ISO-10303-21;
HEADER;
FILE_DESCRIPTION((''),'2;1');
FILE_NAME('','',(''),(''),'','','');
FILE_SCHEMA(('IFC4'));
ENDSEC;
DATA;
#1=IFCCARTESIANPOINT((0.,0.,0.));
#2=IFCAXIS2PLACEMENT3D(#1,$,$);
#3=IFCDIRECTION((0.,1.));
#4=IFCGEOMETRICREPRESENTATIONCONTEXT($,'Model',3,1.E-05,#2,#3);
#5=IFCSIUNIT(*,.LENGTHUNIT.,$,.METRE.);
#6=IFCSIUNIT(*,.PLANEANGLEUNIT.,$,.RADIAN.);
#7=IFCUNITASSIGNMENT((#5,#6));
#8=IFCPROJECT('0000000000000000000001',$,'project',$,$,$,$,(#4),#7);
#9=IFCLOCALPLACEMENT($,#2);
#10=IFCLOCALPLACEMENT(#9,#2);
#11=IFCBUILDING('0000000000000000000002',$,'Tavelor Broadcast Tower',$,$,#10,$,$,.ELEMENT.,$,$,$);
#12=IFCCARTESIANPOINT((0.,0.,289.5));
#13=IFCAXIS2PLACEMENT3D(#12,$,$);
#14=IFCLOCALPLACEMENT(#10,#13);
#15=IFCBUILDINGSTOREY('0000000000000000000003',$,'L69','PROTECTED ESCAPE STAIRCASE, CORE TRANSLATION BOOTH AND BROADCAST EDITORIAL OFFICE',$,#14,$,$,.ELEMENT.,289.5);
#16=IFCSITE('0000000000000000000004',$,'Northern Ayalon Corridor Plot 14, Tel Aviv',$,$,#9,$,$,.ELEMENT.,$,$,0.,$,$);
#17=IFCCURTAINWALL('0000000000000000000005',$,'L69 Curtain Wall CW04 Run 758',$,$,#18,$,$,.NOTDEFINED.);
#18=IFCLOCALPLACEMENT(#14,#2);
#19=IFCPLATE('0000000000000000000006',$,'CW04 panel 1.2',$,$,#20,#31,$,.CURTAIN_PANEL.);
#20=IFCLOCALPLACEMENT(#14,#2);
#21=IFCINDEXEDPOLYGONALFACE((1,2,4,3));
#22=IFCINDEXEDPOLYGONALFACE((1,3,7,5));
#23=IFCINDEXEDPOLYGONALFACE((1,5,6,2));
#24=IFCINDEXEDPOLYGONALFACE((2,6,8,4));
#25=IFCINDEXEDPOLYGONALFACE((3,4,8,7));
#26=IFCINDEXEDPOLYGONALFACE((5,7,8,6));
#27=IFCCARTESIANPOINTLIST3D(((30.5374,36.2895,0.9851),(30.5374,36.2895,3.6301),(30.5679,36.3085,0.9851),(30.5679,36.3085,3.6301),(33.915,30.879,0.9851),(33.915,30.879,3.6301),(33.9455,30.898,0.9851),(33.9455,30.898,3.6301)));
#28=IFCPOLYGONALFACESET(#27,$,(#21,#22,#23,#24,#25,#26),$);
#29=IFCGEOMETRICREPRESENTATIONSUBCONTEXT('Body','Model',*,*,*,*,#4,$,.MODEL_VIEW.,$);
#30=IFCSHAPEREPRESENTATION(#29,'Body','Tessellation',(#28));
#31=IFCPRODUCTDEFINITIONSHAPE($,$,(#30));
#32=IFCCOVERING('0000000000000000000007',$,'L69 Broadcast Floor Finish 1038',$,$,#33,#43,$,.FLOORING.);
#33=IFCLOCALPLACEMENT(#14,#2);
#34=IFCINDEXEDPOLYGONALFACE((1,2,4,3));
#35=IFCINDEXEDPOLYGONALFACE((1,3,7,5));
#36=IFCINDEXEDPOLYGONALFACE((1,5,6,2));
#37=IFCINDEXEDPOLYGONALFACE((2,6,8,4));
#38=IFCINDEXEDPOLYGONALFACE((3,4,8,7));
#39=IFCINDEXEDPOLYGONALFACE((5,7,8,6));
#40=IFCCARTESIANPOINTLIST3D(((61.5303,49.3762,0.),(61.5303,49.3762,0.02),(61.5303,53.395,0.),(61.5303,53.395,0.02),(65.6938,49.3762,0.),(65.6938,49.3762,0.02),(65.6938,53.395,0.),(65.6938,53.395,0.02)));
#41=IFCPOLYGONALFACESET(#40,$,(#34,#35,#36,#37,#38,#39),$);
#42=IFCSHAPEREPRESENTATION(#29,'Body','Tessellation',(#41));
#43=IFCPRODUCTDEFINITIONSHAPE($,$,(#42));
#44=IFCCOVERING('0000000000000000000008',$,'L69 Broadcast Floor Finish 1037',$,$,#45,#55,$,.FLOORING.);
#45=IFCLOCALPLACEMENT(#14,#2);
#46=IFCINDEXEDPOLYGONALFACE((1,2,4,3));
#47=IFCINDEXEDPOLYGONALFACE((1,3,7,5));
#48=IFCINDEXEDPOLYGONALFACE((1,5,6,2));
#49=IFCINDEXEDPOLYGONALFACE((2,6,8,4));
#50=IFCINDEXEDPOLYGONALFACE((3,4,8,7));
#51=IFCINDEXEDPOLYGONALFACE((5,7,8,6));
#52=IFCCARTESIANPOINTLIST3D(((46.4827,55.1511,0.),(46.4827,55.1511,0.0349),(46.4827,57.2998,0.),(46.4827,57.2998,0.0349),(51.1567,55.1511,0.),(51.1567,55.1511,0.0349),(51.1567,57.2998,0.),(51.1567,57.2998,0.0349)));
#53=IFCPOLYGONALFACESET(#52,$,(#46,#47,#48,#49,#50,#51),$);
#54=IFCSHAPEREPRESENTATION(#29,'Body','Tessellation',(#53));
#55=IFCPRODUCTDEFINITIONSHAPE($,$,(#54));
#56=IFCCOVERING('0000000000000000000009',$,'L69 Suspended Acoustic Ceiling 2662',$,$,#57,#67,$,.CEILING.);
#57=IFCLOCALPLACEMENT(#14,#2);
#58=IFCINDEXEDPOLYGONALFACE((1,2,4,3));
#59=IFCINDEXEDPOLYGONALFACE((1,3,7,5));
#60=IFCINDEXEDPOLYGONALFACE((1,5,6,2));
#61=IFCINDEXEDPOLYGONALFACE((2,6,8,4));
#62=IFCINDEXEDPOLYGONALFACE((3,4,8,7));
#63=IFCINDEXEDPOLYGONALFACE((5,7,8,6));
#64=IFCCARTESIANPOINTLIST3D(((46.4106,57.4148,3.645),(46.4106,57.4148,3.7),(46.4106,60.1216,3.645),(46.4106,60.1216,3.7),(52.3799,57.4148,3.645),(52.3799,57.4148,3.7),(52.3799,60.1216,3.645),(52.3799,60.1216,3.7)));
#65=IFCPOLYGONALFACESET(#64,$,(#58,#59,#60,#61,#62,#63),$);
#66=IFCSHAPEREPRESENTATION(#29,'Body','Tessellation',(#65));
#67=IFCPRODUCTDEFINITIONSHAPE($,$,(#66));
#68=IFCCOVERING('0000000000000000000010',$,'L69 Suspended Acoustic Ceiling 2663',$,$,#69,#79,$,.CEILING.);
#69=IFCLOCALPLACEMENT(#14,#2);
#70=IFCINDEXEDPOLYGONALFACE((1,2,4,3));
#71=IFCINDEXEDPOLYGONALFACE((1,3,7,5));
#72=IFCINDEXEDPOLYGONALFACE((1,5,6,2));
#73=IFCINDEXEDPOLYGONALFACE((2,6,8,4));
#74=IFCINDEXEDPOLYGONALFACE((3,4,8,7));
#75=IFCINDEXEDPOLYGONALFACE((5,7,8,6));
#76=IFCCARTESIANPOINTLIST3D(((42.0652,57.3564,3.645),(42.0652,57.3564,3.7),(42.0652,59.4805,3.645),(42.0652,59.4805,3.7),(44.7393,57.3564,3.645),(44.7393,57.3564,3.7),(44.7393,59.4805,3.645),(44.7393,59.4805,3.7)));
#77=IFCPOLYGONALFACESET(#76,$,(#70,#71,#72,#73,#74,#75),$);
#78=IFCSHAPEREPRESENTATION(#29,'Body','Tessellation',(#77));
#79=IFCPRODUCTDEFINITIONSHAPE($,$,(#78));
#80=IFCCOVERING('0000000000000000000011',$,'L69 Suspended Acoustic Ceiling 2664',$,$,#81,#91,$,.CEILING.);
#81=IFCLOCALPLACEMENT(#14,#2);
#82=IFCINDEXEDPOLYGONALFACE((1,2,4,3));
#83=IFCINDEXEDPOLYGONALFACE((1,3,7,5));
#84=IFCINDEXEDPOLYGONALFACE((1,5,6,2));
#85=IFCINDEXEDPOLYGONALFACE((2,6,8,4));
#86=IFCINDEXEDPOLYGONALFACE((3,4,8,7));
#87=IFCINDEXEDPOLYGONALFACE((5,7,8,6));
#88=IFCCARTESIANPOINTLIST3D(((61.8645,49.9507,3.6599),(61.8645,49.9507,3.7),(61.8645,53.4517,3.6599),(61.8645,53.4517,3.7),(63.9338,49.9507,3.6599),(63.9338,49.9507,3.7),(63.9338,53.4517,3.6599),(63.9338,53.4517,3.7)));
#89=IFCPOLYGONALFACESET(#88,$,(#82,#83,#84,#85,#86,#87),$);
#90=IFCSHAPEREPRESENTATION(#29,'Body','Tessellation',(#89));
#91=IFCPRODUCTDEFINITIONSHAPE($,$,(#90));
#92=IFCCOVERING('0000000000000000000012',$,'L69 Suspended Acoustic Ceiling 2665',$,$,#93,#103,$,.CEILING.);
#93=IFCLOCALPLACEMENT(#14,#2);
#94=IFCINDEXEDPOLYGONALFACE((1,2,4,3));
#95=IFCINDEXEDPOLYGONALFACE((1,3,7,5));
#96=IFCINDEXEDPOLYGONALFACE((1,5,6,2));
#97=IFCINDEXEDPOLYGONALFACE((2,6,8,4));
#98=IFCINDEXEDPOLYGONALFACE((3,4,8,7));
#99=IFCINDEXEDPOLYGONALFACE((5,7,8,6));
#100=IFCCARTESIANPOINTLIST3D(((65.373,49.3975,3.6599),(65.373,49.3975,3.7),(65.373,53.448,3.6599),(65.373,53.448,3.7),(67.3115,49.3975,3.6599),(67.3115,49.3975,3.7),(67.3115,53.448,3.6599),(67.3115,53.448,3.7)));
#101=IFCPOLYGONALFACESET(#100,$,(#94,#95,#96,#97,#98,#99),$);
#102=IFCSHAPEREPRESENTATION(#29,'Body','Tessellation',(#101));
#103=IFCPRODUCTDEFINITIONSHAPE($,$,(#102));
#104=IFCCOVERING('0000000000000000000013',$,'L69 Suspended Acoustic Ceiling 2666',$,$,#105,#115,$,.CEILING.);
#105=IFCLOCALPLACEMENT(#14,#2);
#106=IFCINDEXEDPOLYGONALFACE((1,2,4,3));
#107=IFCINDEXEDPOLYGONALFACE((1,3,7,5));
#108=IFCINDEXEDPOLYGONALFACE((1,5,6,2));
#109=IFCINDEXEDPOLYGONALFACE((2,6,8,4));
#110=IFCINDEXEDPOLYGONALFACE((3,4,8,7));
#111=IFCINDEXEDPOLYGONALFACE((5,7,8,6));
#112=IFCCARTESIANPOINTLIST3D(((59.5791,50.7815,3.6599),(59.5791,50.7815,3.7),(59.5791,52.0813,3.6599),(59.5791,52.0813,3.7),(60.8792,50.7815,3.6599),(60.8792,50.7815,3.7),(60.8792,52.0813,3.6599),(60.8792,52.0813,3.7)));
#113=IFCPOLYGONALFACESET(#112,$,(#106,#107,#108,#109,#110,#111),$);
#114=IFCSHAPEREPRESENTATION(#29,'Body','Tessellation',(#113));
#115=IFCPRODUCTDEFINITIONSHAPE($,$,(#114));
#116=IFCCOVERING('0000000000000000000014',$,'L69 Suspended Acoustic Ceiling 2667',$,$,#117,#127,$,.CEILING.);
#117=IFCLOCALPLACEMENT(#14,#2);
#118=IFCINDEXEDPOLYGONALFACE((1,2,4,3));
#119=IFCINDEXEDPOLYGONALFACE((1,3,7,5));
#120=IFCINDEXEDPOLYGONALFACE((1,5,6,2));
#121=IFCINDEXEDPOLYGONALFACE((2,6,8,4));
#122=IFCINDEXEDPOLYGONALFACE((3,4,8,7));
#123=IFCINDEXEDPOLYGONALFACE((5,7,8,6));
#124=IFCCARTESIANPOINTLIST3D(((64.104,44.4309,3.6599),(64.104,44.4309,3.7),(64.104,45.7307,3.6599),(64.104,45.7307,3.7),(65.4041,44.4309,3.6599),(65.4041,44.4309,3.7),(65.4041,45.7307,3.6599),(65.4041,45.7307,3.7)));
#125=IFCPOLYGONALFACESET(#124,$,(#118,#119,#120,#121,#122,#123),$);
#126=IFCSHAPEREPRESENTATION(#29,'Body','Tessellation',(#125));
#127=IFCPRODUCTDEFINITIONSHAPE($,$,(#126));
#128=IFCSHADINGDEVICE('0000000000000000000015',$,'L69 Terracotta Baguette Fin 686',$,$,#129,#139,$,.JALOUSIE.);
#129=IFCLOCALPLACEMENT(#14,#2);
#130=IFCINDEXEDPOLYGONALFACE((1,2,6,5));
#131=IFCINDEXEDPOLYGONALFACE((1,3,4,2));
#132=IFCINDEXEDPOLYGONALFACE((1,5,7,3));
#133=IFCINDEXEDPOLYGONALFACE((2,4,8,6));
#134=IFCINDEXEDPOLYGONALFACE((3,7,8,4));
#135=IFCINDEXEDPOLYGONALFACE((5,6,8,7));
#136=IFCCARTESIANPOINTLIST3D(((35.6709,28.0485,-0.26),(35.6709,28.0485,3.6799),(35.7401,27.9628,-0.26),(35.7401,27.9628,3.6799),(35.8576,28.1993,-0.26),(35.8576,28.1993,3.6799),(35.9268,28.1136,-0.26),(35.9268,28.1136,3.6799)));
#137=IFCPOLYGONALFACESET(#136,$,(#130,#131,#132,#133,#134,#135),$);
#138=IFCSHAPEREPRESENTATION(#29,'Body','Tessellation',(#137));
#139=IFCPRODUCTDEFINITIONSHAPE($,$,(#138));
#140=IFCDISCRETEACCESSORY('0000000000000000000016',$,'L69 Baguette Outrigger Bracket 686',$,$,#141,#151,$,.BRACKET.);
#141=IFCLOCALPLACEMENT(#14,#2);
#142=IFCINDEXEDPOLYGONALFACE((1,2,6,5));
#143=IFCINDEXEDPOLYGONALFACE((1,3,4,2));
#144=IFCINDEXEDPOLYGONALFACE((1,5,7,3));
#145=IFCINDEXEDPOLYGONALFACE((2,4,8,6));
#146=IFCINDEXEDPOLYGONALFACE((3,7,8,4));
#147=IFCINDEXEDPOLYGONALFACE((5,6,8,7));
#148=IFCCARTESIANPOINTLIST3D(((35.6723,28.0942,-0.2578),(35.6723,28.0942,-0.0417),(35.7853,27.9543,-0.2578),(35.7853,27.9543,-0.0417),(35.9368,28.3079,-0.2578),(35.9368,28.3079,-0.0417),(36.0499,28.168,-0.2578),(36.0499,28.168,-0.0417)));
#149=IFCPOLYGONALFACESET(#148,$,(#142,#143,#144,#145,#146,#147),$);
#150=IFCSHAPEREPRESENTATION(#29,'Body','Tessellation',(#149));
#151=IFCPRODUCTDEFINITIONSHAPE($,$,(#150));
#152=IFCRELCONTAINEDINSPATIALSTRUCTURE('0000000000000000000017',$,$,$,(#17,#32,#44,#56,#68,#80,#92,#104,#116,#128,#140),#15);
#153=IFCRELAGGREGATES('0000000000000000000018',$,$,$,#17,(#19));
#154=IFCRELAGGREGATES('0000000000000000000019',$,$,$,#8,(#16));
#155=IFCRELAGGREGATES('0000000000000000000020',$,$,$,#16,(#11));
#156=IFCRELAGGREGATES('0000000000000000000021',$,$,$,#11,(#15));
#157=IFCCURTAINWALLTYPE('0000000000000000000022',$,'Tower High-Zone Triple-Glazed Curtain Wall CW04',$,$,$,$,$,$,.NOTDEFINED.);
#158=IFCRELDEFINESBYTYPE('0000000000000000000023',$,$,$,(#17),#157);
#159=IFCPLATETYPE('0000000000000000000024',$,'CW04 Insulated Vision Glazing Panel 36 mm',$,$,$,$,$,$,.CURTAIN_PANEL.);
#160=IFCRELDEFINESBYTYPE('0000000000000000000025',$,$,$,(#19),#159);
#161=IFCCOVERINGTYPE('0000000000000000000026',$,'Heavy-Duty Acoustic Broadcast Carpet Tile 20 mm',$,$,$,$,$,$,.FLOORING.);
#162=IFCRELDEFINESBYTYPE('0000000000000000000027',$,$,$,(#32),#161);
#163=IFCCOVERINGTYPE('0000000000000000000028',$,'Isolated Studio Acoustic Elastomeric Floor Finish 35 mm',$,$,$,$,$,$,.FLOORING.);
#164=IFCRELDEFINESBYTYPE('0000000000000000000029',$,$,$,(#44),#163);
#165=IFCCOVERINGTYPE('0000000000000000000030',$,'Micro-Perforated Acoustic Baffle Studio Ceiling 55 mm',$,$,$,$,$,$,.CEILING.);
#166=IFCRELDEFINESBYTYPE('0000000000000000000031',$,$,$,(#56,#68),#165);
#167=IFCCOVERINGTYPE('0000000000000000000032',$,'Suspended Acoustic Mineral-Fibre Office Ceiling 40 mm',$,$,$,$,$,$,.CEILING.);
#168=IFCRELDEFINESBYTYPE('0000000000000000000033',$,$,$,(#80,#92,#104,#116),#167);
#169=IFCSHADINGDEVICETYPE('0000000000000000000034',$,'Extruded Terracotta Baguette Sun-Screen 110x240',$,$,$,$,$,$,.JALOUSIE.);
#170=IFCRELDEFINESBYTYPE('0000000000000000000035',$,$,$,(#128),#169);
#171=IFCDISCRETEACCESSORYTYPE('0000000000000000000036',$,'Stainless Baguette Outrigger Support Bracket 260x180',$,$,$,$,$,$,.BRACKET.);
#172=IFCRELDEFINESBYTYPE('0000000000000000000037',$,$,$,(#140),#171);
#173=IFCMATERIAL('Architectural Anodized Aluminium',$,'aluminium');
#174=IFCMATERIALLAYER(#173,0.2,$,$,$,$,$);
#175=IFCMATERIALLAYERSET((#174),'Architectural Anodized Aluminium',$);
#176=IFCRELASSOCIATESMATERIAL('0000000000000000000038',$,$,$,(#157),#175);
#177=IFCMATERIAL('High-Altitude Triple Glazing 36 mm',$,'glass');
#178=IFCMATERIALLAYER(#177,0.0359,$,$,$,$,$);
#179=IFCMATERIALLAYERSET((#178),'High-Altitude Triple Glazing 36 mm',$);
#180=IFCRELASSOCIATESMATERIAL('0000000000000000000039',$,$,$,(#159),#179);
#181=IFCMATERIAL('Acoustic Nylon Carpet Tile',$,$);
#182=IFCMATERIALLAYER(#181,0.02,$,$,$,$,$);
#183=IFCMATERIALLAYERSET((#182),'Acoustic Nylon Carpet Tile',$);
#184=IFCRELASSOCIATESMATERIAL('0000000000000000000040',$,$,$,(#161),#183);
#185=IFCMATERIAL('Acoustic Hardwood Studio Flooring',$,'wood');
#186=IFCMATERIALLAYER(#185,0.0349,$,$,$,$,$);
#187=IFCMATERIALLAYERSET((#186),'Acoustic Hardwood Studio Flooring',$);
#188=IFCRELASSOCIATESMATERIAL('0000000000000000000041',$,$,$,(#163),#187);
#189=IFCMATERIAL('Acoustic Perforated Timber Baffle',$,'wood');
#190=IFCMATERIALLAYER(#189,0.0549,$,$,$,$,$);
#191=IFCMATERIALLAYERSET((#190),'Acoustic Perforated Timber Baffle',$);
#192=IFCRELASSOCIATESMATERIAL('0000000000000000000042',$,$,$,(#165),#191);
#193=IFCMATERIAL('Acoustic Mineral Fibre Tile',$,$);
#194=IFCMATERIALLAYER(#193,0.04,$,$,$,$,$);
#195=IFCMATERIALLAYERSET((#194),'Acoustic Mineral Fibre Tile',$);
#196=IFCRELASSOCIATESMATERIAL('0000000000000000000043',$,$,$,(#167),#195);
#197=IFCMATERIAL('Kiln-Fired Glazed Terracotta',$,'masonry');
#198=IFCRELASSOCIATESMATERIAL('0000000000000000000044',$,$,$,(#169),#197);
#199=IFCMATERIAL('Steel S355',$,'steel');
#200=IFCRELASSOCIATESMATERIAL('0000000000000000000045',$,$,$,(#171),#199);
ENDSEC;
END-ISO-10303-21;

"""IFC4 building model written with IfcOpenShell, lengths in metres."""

from ifc_helpers import new_model, si_unit, direction, frame, origin, origin_2d, place, context, subcontext, project, spatial, polyline, rectangle, outline, extrude, source, transform, mapped, material, layer, layer_set, type_object, type_shapes, element, aggregate, save


model = new_model("IFC4")

# Units and contexts
model_context = context("Model", 3, precision=1e-05, world=origin(), true_north=direction((0.0, 1.0)))
body_context = subcontext(model_context, "Body", "Model", "MODEL_VIEW")
ifc_project = project(units=[si_unit("LENGTHUNIT", "METRE"), si_unit("PLANEANGLEUNIT", "RADIAN")], contexts=[model_context])

# Site, building, storey
site_placement = place(None, origin())
site = spatial("IfcSite", under=ifc_project, at=site_placement, Name="Northern Ayalon Corridor Plot 14, Tel Aviv", CompositionType="ELEMENT", RefElevation=0.0)
building_placement = place(site_placement, origin())
building = spatial("IfcBuilding", under=site, at=building_placement, Name="Tavelor Broadcast Tower", CompositionType="ELEMENT")
storey_placement = place(building_placement, frame((0.0, 0.0, 289.5)))
storey = spatial("IfcBuildingStorey", under=building, at=storey_placement, Name="L69", Description="PROTECTED ESCAPE STAIRCASE, CORE TRANSLATION BOOTH AND BROADCAST EDITORIAL OFFICE", CompositionType="ELEMENT", Elevation=289.5)

# Shared definitions
ifc_material_1 = material(Name="Architectural Anodized Aluminium", Category="aluminium")
ifc_layer_1 = layer(ifc_material_1, 0.2)
ifc_layer_set_1 = layer_set([ifc_layer_1], Name="Architectural Anodized Aluminium")
curtain_wall_type = type_object("IfcCurtainWallType", Name="Tower High-Zone Triple-Glazed Curtain Wall CW04", PredefinedType="NOTDEFINED", material=ifc_layer_set_1)

# Curtain wall
curtain_wall_1_placement = place(storey_placement, origin())
curtain_wall_1 = element("IfcCurtainWall", 1, at=curtain_wall_1_placement, inside=storey, type_object=curtain_wall_type, Name="L69 Curtain Wall CW04 Run 758", PredefinedType="NOTDEFINED")

# Plate
ifc_material_2 = material(Name="High-Altitude Triple Glazing 36 mm", Category="glass")
ifc_layer_2 = layer(ifc_material_2, 0.0359)
ifc_layer_set_2 = layer_set([ifc_layer_2], Name="High-Altitude Triple Glazing 36 mm")
plate_type = type_object("IfcPlateType", Name="CW04 Insulated Vision Glazing Panel 36 mm", PredefinedType="CURTAIN_PANEL", material=ifc_layer_set_2)
shared_shape_1 = source(origin(), body_context, "Body", "SweptSolid", [
    extrude(rectangle(XDim=6.3782, YDim=0.0359, at=origin_2d()), origin(), (0.0, 0.0, 1.0), 2.645),
])
plate_1_placement = place(storey_placement, frame((32.2415, 33.5938, 0.9851), z_axis=(0.0, 0.0, 1.0), x_axis=(0.529559, -0.848273, 0.0)))
plate_1 = element("IfcPlate", 2, at=plate_1_placement, type_object=plate_type, Name="CW04 panel 1.2", PredefinedType="CURTAIN_PANEL", context=body_context, shape_type="MappedRepresentation", body=[
    mapped(shared_shape_1, transform((0.0, 0.0, 0.0), scale=1.0)),
])
aggregate(curtain_wall_1, [plate_1])

# Coverings
ifc_material_3 = material(Name="Acoustic Nylon Carpet Tile")
ifc_layer_3 = layer(ifc_material_3, 0.02)
ifc_layer_set_3 = layer_set([ifc_layer_3], Name="Acoustic Nylon Carpet Tile")
covering_type_1 = type_object("IfcCoveringType", Name="Heavy-Duty Acoustic Broadcast Carpet Tile 20 mm", PredefinedType="FLOORING", material=ifc_layer_set_3)
covering_1_placement = place(storey_placement, origin())
element("IfcCovering", 3, at=covering_1_placement, inside=storey, type_object=covering_type_1, Name="L69 Broadcast Floor Finish 1038", PredefinedType="FLOORING", context=body_context, shape_type="SweptSolid", body=[
    extrude(outline(polyline([(61.5303, 49.3762), (65.6938, 49.3762), (65.6938, 53.395), (61.5303, 53.395), (61.5303, 49.3762)])), origin(), (0.0, 0.0, 1.0), 0.02),
])
ifc_material_4 = material(Name="Acoustic Hardwood Studio Flooring", Category="wood")
ifc_layer_4 = layer(ifc_material_4, 0.0349)
ifc_layer_set_4 = layer_set([ifc_layer_4], Name="Acoustic Hardwood Studio Flooring")
covering_type_2 = type_object("IfcCoveringType", Name="Isolated Studio Acoustic Elastomeric Floor Finish 35 mm", PredefinedType="FLOORING", material=ifc_layer_set_4)
covering_2_placement = place(storey_placement, origin())
element("IfcCovering", 4, at=covering_2_placement, inside=storey, type_object=covering_type_2, Name="L69 Broadcast Floor Finish 1037", PredefinedType="FLOORING", context=body_context, shape_type="SweptSolid", body=[
    extrude(outline(polyline([(46.4827, 55.1511), (51.1567, 55.1511), (51.1567, 57.2998), (46.4827, 57.2998), (46.4827, 55.1511)])), origin(), (0.0, 0.0, 1.0), 0.0349),
])
ifc_material_5 = material(Name="Acoustic Perforated Timber Baffle", Category="wood")
ifc_layer_5 = layer(ifc_material_5, 0.0549)
ifc_layer_set_5 = layer_set([ifc_layer_5], Name="Acoustic Perforated Timber Baffle")
covering_type_3 = type_object("IfcCoveringType", Name="Micro-Perforated Acoustic Baffle Studio Ceiling 55 mm", PredefinedType="CEILING", material=ifc_layer_set_5)
covering_3_placement = place(storey_placement, frame((0.0, 0.0, 3.645)))
element("IfcCovering", 5, at=covering_3_placement, inside=storey, type_object=covering_type_3, Name="L69 Suspended Acoustic Ceiling 2662", PredefinedType="CEILING", context=body_context, shape_type="SweptSolid", body=[
    extrude(outline(polyline([(46.4106, 57.4148), (52.3799, 57.4148), (52.3799, 60.1216), (46.4106, 60.1216), (46.4106, 57.4148)])), origin(), (0.0, 0.0, 1.0), 0.0549),
])
covering_4_placement = place(storey_placement, frame((0.0, 0.0, 3.645)))
element("IfcCovering", 6, at=covering_4_placement, inside=storey, type_object=covering_type_3, Name="L69 Suspended Acoustic Ceiling 2663", PredefinedType="CEILING", context=body_context, shape_type="SweptSolid", body=[
    extrude(outline(polyline([(42.0652, 57.3564), (44.7393, 57.3564), (44.7393, 59.4805), (42.0652, 59.4805), (42.0652, 57.3564)])), origin(), (0.0, 0.0, 1.0), 0.0549),
])
ifc_material_6 = material(Name="Acoustic Mineral Fibre Tile")
ifc_layer_6 = layer(ifc_material_6, 0.04)
ifc_layer_set_6 = layer_set([ifc_layer_6], Name="Acoustic Mineral Fibre Tile")
covering_type_4 = type_object("IfcCoveringType", Name="Suspended Acoustic Mineral-Fibre Office Ceiling 40 mm", PredefinedType="CEILING", material=ifc_layer_set_6)
covering_5_placement = place(storey_placement, frame((0.0, 0.0, 3.6599)))
element("IfcCovering", 7, at=covering_5_placement, inside=storey, type_object=covering_type_4, Name="L69 Suspended Acoustic Ceiling 2664", PredefinedType="CEILING", context=body_context, shape_type="SweptSolid", body=[
    extrude(outline(polyline([(61.8645, 49.9507), (63.9338, 49.9507), (63.9338, 53.4517), (61.8645, 53.4517), (61.8645, 49.9507)])), origin(), (0.0, 0.0, 1.0), 0.04),
])
covering_6_placement = place(storey_placement, frame((0.0, 0.0, 3.6599)))
element("IfcCovering", 8, at=covering_6_placement, inside=storey, type_object=covering_type_4, Name="L69 Suspended Acoustic Ceiling 2665", PredefinedType="CEILING", context=body_context, shape_type="SweptSolid", body=[
    extrude(outline(polyline([(65.373, 49.3975), (67.3115, 49.3975), (67.3115, 53.448), (65.373, 53.448), (65.373, 49.3975)])), origin(), (0.0, 0.0, 1.0), 0.04),
])
covering_7_placement = place(storey_placement, frame((0.0, 0.0, 3.6599)))
element("IfcCovering", 9, at=covering_7_placement, inside=storey, type_object=covering_type_4, Name="L69 Suspended Acoustic Ceiling 2666", PredefinedType="CEILING", context=body_context, shape_type="SweptSolid", body=[
    extrude(outline(polyline([(59.5791, 50.7815), (60.8792, 50.7815), (60.8792, 52.0813), (59.5791, 52.0813), (59.5791, 50.7815)])), origin(), (0.0, 0.0, 1.0), 0.04),
])
covering_8_placement = place(storey_placement, frame((0.0, 0.0, 3.6599)))
element("IfcCovering", 10, at=covering_8_placement, inside=storey, type_object=covering_type_4, Name="L69 Suspended Acoustic Ceiling 2667", PredefinedType="CEILING", context=body_context, shape_type="SweptSolid", body=[
    extrude(outline(polyline([(64.104, 44.4309), (65.4041, 44.4309), (65.4041, 45.7307), (64.104, 45.7307), (64.104, 44.4309)])), origin(), (0.0, 0.0, 1.0), 0.04),
])

# Shading device
ifc_material_7 = material(Name="Kiln-Fired Glazed Terracotta", Category="masonry")
shading_device_type = type_object("IfcShadingDeviceType", Name="Extruded Terracotta Baguette Sun-Screen 110x240", PredefinedType="JALOUSIE", material=ifc_material_7)
shared_shape_2 = source(origin(), body_context, "Body", "SweptSolid", [
    extrude(rectangle(XDim=0.1101, YDim=0.24, at=origin_2d()), origin(), (0.0, 0.0, 1.0), 3.9399),
])
type_shapes(shading_device_type, [shared_shape_2])
shading_device_placement = place(storey_placement, frame((35.7988, 28.0811, -0.26), z_axis=(0.0, 0.0, 1.0), x_axis=(0.62837, -0.777914, 0.0)))
element("IfcShadingDevice", 11, at=shading_device_placement, inside=storey, type_object=shading_device_type, Name="L69 Terracotta Baguette Fin 686", PredefinedType="JALOUSIE", context=body_context, shape_type="MappedRepresentation", body=[
    mapped(shared_shape_2, transform((0.0, 0.0, 0.0), scale=1.0)),
])

# Discrete accessory
ifc_material_8 = material(Name="Steel S355", Category="steel")
discrete_accessory_type = type_object("IfcDiscreteAccessoryType", Name="Stainless Baguette Outrigger Support Bracket 260x180", PredefinedType="BRACKET", material=ifc_material_8)
shared_shape_3 = source(origin(), body_context, "Body", "SweptSolid", [
    extrude(rectangle(XDim=0.1799, YDim=0.3401, at=origin_2d()), origin(), (0.0, 0.0, 1.0), 0.2161),
])
type_shapes(discrete_accessory_type, [shared_shape_3])
discrete_accessory_placement = place(storey_placement, frame((35.8611, 28.1311, -0.2578), z_axis=(0.0, 0.0, 1.0), x_axis=(0.62837, -0.777914, 0.0)))
element("IfcDiscreteAccessory", 12, at=discrete_accessory_placement, inside=storey, type_object=discrete_accessory_type, Name="L69 Baguette Outrigger Bracket 686", PredefinedType="BRACKET", context=body_context, shape_type="MappedRepresentation", body=[
    mapped(shared_shape_3, transform((0.0, 0.0, 0.0), scale=1.0)),
])

save(model, "model.ifc")
